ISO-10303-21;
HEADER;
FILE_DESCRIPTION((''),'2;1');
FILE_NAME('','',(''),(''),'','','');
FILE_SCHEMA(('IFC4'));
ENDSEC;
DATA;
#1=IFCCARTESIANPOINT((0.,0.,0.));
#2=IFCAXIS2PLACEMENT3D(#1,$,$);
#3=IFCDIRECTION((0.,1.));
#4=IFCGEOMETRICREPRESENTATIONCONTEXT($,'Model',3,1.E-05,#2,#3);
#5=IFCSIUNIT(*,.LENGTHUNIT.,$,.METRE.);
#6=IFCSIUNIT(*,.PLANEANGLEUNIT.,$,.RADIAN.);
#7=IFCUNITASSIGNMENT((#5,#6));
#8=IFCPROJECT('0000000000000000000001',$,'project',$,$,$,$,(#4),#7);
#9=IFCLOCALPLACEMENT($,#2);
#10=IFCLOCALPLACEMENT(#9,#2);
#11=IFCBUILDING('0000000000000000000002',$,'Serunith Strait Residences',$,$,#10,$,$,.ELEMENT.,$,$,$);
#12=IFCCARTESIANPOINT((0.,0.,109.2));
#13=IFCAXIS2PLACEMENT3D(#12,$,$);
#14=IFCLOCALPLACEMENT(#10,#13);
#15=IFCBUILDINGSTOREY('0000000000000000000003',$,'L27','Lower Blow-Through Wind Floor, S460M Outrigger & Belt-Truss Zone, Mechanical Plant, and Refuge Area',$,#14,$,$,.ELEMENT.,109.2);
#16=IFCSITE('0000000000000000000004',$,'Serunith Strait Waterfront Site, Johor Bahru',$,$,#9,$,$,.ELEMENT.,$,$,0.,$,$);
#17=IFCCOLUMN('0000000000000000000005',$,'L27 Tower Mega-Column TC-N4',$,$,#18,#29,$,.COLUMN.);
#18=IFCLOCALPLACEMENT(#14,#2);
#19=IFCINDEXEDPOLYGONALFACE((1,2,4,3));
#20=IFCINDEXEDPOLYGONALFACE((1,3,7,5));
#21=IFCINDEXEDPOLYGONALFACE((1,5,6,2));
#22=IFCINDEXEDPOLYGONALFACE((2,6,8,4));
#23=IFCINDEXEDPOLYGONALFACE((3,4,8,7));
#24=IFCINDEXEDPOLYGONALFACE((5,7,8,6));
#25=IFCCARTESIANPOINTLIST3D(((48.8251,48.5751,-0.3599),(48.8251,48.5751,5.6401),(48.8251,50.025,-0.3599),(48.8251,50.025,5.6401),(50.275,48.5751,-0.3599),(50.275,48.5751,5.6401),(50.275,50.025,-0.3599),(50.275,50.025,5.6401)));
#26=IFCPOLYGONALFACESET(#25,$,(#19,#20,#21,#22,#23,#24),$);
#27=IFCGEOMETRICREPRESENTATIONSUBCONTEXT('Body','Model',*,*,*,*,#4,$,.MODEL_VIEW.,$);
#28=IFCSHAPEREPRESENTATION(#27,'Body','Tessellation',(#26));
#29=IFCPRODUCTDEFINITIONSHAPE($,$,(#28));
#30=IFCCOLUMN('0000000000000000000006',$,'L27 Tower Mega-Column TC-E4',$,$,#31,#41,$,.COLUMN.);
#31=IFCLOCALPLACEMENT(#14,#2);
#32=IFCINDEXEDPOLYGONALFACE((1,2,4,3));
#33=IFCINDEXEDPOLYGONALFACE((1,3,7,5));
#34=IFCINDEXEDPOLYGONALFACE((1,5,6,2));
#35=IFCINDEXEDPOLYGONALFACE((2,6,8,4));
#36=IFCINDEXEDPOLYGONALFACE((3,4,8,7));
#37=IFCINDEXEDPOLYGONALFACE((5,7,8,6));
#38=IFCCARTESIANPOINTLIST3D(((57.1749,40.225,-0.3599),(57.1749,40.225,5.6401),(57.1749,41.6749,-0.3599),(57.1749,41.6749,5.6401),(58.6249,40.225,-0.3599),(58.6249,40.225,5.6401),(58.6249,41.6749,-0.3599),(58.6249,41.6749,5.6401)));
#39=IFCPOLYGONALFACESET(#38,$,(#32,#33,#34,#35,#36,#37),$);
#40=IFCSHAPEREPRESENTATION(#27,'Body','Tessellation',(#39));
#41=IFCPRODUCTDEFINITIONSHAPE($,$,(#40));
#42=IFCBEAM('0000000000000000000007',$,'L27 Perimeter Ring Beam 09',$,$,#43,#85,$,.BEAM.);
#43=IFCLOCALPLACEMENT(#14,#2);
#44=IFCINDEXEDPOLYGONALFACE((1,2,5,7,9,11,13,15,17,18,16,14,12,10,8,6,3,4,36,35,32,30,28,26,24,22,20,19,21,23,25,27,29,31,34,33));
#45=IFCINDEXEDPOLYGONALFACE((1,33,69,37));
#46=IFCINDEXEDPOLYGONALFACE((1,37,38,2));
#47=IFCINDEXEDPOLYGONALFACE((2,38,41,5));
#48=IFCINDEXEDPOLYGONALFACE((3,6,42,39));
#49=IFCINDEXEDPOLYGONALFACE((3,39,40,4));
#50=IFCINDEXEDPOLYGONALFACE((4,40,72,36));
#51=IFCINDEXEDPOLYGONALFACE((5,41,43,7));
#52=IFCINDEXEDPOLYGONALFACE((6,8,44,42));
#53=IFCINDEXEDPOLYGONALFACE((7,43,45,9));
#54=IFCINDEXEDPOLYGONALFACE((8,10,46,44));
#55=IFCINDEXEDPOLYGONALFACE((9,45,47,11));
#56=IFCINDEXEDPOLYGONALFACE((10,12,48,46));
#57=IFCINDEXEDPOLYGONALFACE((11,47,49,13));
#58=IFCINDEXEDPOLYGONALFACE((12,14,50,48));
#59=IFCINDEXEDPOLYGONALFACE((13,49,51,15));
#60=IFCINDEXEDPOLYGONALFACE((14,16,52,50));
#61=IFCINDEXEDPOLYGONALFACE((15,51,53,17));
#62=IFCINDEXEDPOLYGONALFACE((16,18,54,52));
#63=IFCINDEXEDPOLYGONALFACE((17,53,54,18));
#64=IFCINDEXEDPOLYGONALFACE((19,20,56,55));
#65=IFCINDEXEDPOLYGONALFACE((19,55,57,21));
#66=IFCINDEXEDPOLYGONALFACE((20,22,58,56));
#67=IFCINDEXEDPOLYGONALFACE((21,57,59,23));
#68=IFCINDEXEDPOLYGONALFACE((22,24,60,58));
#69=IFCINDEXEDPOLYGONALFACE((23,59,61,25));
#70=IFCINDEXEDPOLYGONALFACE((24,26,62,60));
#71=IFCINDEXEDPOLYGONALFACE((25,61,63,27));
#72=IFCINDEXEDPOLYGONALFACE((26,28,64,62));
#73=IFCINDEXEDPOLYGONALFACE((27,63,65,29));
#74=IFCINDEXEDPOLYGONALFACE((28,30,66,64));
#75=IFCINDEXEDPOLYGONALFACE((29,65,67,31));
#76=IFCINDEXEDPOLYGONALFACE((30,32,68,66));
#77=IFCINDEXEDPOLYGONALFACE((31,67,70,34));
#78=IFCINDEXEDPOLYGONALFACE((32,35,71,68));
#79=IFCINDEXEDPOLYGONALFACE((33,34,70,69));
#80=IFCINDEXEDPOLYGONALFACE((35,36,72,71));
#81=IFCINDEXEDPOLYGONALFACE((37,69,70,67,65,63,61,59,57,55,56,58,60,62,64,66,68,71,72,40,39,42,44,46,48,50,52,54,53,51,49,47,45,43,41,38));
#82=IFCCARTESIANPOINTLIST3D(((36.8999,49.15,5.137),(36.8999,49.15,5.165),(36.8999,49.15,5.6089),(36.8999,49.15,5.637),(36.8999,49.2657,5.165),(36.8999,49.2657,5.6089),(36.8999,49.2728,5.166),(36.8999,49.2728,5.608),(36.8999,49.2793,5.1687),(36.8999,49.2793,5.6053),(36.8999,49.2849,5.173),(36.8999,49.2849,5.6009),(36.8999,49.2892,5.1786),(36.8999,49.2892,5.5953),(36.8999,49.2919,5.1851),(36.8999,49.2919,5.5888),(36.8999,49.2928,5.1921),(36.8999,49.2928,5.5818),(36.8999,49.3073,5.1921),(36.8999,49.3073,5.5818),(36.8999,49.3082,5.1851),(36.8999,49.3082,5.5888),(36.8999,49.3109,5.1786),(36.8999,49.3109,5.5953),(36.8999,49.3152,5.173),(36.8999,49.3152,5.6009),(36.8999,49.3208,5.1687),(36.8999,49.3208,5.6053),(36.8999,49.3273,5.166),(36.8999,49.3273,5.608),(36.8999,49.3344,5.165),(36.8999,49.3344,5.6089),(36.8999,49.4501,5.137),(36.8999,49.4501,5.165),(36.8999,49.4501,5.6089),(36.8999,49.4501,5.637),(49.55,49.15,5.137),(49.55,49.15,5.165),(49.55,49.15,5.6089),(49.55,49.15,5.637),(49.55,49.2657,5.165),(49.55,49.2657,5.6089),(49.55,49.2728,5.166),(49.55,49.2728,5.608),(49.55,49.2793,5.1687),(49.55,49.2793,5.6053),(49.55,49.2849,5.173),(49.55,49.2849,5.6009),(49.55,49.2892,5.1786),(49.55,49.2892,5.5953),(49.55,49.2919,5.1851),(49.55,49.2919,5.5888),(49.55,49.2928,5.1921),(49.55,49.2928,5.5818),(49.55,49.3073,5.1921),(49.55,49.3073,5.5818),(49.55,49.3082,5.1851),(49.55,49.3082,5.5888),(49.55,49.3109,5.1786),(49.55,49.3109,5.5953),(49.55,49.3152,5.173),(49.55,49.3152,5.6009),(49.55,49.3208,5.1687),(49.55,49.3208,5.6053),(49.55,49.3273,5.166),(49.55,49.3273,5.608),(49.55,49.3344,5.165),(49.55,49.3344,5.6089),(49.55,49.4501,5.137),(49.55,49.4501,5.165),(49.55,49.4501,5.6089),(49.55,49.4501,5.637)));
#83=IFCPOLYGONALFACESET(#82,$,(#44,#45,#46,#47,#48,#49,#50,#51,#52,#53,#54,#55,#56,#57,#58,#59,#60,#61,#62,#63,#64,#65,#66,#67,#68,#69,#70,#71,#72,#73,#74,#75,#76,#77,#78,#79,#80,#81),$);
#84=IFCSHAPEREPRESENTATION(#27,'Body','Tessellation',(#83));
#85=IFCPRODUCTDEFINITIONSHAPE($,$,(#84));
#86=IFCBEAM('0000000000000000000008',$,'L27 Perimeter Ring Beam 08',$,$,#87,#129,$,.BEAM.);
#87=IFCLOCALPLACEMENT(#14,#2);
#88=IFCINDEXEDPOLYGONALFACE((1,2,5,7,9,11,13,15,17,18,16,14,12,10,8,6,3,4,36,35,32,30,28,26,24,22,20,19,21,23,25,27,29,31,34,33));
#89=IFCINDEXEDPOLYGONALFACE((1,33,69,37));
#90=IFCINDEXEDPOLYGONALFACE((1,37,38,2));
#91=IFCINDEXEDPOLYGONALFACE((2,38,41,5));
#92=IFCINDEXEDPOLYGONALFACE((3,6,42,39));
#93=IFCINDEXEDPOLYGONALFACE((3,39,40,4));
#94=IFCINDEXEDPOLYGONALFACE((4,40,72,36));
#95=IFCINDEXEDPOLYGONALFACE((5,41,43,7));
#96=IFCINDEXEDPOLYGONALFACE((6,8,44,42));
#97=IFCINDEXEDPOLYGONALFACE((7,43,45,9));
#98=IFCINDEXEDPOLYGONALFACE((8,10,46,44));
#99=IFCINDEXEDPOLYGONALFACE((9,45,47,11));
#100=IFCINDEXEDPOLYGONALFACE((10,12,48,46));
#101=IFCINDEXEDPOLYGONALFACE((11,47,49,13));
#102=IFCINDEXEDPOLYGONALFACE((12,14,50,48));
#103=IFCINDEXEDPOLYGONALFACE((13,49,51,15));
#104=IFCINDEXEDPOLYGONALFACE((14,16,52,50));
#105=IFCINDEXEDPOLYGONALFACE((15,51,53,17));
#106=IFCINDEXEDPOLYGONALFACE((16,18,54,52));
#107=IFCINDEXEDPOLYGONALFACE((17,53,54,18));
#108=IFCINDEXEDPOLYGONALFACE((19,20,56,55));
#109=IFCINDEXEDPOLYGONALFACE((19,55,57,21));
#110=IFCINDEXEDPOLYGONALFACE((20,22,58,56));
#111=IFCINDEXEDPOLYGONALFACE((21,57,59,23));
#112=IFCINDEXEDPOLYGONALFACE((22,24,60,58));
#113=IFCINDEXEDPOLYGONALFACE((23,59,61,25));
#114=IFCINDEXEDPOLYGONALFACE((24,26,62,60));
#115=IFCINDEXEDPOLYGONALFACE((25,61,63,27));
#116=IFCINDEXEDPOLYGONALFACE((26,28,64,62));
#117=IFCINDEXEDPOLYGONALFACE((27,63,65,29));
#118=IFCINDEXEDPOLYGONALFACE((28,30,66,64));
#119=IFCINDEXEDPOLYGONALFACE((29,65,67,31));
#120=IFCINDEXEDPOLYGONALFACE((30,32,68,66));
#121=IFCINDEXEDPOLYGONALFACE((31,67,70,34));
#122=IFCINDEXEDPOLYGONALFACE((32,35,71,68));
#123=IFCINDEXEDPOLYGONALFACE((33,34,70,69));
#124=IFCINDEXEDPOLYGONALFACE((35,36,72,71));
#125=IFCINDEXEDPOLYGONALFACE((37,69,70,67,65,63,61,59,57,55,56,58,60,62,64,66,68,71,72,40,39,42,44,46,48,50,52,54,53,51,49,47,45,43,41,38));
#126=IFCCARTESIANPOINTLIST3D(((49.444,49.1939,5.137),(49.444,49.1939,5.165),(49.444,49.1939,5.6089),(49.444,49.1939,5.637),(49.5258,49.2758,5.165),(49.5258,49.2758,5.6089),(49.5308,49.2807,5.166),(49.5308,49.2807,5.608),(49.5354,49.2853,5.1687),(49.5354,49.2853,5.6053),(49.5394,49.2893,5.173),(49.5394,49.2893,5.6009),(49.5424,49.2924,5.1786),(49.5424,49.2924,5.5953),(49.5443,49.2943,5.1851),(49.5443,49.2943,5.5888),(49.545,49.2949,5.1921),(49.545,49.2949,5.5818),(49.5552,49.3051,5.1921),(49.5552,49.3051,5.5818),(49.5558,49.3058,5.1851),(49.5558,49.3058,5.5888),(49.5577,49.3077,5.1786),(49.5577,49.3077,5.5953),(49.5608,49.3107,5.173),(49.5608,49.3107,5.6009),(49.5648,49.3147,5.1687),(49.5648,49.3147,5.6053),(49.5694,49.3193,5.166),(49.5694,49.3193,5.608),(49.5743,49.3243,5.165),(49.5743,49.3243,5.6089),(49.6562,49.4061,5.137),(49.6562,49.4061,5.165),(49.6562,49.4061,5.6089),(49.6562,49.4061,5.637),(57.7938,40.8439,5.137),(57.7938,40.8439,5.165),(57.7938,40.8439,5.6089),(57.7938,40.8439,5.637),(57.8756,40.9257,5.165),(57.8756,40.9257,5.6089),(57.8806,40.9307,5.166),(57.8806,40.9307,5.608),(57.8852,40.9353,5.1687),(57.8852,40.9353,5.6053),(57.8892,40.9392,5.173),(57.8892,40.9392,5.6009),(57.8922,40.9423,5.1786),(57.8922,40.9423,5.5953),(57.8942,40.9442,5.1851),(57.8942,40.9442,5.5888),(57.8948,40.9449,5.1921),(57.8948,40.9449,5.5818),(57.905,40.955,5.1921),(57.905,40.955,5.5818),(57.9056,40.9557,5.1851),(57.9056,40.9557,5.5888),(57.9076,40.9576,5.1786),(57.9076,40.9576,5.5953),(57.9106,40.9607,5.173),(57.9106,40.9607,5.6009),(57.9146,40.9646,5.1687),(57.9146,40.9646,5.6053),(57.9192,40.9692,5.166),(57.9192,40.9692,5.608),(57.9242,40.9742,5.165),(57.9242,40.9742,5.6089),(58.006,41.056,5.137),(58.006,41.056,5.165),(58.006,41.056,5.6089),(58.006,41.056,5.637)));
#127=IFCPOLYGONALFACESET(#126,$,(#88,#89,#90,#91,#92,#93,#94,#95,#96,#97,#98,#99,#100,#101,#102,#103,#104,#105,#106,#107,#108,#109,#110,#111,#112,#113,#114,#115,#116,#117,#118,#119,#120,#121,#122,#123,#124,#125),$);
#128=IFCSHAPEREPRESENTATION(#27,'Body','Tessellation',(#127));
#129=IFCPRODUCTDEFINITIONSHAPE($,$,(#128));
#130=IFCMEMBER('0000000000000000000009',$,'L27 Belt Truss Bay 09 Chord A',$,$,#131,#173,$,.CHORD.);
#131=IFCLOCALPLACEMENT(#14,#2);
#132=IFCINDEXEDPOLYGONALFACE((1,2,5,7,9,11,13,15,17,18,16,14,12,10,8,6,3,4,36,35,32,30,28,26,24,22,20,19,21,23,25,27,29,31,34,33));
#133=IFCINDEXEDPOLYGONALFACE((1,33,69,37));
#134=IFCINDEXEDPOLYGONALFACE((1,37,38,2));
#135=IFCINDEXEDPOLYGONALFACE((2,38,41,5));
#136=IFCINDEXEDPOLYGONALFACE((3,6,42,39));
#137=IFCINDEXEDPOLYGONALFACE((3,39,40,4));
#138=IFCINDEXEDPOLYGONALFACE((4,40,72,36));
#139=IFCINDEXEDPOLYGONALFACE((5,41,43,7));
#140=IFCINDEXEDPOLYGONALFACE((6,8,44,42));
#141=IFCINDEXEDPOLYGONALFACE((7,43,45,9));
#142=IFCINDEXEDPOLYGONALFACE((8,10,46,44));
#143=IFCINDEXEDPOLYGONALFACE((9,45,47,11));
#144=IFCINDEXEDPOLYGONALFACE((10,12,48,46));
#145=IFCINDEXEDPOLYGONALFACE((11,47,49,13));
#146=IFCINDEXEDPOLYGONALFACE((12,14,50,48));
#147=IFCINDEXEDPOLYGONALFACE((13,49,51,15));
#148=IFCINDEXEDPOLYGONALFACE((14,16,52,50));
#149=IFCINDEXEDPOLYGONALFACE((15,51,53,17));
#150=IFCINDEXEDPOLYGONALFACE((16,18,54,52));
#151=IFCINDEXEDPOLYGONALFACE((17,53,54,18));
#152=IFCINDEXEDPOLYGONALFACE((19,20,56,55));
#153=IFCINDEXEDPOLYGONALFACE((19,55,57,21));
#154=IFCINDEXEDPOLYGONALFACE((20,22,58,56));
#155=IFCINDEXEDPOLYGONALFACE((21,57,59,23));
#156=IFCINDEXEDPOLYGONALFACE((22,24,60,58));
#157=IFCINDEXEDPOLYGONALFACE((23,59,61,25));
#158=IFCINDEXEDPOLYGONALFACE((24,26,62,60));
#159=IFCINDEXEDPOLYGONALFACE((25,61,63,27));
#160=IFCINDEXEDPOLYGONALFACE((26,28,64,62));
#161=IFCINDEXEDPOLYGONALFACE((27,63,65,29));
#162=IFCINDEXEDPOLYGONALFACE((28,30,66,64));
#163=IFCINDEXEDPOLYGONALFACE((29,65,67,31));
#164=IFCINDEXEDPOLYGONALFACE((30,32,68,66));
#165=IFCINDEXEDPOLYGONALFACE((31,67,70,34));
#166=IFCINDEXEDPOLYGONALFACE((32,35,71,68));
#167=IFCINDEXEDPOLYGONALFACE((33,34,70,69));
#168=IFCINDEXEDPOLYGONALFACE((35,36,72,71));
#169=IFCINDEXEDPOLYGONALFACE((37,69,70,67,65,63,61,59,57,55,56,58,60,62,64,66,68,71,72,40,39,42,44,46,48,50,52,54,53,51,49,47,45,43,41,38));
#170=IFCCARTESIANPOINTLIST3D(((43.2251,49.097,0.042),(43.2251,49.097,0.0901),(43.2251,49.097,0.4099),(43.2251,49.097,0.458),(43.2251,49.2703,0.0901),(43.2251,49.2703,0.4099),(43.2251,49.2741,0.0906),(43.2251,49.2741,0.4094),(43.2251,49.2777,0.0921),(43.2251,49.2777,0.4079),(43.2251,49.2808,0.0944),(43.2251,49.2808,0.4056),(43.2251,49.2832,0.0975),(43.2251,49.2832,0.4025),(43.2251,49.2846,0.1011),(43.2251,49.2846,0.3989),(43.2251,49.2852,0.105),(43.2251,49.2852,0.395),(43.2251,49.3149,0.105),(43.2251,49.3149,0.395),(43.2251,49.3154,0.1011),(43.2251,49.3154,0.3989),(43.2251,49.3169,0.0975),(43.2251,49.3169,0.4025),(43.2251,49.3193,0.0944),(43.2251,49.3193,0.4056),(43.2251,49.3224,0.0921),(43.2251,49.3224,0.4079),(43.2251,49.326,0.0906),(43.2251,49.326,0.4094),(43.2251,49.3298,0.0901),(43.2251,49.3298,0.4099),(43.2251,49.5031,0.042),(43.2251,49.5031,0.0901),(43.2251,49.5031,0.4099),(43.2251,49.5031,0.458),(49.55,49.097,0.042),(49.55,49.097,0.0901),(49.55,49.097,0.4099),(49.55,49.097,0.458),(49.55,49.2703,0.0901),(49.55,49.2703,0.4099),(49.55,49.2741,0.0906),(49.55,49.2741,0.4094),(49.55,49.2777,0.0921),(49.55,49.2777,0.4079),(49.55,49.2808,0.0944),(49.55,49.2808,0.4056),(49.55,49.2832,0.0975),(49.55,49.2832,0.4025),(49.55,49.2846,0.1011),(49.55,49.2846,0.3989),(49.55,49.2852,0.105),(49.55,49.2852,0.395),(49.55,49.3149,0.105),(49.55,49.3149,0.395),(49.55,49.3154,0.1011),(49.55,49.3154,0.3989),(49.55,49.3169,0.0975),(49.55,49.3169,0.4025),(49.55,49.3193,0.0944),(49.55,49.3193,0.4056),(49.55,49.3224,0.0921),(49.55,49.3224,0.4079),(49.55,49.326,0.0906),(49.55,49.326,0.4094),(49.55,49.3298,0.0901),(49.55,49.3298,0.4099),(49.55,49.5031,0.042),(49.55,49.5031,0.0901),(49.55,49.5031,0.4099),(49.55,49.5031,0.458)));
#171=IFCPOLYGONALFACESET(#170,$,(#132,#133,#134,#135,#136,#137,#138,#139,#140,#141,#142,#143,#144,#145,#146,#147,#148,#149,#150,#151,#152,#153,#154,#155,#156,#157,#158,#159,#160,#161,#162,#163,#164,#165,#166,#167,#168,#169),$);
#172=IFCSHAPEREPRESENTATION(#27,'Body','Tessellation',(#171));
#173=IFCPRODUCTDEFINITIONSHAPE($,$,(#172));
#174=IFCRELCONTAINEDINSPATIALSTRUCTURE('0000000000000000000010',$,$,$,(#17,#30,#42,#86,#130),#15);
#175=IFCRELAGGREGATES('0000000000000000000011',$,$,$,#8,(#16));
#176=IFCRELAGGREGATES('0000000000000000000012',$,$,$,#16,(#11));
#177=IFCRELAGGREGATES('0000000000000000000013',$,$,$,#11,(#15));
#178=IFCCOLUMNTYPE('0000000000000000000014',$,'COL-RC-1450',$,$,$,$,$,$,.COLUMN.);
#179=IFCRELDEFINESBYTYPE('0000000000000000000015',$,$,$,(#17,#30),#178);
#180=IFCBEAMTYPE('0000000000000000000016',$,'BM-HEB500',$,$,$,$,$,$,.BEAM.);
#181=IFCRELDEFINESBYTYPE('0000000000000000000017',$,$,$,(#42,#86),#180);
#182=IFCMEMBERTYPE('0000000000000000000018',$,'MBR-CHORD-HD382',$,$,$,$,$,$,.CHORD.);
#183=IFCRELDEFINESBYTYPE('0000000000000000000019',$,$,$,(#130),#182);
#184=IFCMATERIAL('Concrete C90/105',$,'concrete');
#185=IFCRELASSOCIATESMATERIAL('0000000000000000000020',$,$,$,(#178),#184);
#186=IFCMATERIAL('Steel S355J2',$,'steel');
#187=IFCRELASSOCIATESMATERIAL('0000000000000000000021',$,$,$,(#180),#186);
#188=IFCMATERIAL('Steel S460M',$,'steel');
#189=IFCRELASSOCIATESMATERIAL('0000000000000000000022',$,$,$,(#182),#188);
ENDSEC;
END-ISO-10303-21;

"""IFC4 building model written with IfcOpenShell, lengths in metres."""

from ifc_helpers import new_model, si_unit, direction, frame, origin, origin_2d, place, context, subcontext, project, spatial, rectangle, i_section, extrude, source, transform, mapped, material, material_profile, profile_set, type_object, element, save


model = new_model("IFC4")

# Units and contexts
model_context = context("Model", 3, precision=1e-05, world=origin(), true_north=direction((0.0, 1.0)))
body_context = subcontext(model_context, "Body", "Model", "MODEL_VIEW")
ifc_project = project(units=[si_unit("LENGTHUNIT", "METRE"), si_unit("PLANEANGLEUNIT", "RADIAN")], contexts=[model_context])

# Site, building, storey
site_placement = place(None, origin())
site = spatial("IfcSite", under=ifc_project, at=site_placement, Name="Serunith Strait Waterfront Site, Johor Bahru", CompositionType="ELEMENT", RefElevation=0.0)
building_placement = place(site_placement, origin())
building = spatial("IfcBuilding", under=site, at=building_placement, Name="Serunith Strait Residences", CompositionType="ELEMENT")
storey_placement = place(building_placement, frame((0.0, 0.0, 109.2)))
storey = spatial("IfcBuildingStorey", under=building, at=storey_placement, Name="L27", Description="Lower Blow-Through Wind Floor, S460M Outrigger & Belt-Truss Zone, Mechanical Plant, and Refuge Area", CompositionType="ELEMENT", Elevation=109.2)

# Columns
ifc_material_1 = material(Name="Concrete C90/105", Category="concrete")
ifc_material_profile_1 = material_profile(ifc_material_1, rectangle(XDim=1.45, YDim=1.45, at=origin_2d()), Name="RC 1450x1450")
ifc_profile_set_1 = profile_set([ifc_material_profile_1], Name="Concrete C90/105")
column_type = type_object("IfcColumnType", Name="COL-RC-1450", PredefinedType="COLUMN", material=ifc_profile_set_1)
shared_shape_1 = source(origin(), body_context, "Body", "SweptSolid", [
    extrude(rectangle(XDim=1.45, YDim=1.45, at=origin_2d()), origin(), (0.0, 0.0, 1.0), 6.0),
])
for number, where, z_axis, x_axis, name in (
    (1, (49.55, 49.3, -0.3599), (0.0, 0.0, 1.0), (1.0, 0.0, 0.0), "L27 Tower Mega-Column TC-N4"),
    (2, (57.8999, 40.95, -0.3599), (0.0, 0.0, 1.0), (1.0, 0.0, 0.0), "L27 Tower Mega-Column TC-E4"),
):
    element("IfcColumn", number, at=place(storey_placement, frame(where, z_axis=z_axis, x_axis=x_axis)), inside=storey, type_object=column_type, Name=name, PredefinedType="COLUMN", context=body_context, shape_type="MappedRepresentation", body=[
        mapped(shared_shape_1, transform((0.0, 0.0, 0.0), scale=1.0)),
    ])

# Beams
ifc_material_2 = material(Name="Steel S355J2", Category="steel")
ifc_material_profile_2 = material_profile(ifc_material_2, i_section(OverallWidth=0.3, OverallDepth=0.5, WebThickness=0.0144, FlangeThickness=0.0281, FilletRadius=0.0271, at=origin_2d()), Name="HEB 500")
ifc_profile_set_2 = profile_set([ifc_material_profile_2], Name="Steel S355J2")
beam_type = type_object("IfcBeamType", Name="BM-HEB500", PredefinedType="BEAM", material=ifc_profile_set_2)
shared_shape_2 = source(origin(), body_context, "Body", "SweptSolid", [
    extrude(i_section(OverallWidth=0.3, OverallDepth=0.5, WebThickness=0.0144, FlangeThickness=0.0281, FilletRadius=0.0271, at=origin_2d()), origin(), (0.0, 0.0, 1.0), 12.6501),
])
beam_1_placement = place(storey_placement, frame((49.55, 49.3, 5.387), z_axis=(-1.0, 0.0, 0.0), x_axis=(0.0, -1.0, 0.0)))
element("IfcBeam", 3, at=beam_1_placement, inside=storey, type_object=beam_type, Name="L27 Perimeter Ring Beam 09", PredefinedType="BEAM", context=body_context, shape_type="MappedRepresentation", body=[
    mapped(shared_shape_2, transform((0.0, 0.0, 0.0), scale=1.0)),
])
shared_shape_3 = source(origin(), body_context, "Body", "SweptSolid", [
    extrude(i_section(OverallWidth=0.3, OverallDepth=0.5, WebThickness=0.0144, FlangeThickness=0.0281, FilletRadius=0.0271, at=origin_2d()), origin(), (0.0, 0.0, 1.0), 11.8086),
])
beam_2_placement = place(storey_placement, frame((57.8999, 40.95, 5.387), z_axis=(-0.707096, 0.707117, 0.0), x_axis=(-0.707117, -0.707096, 0.0)))
element("IfcBeam", 4, at=beam_2_placement, inside=storey, type_object=beam_type, Name="L27 Perimeter Ring Beam 08", PredefinedType="BEAM", context=body_context, shape_type="MappedRepresentation", body=[
    mapped(shared_shape_3, transform((0.0, 0.0, 0.0), scale=1.0)),
])

# Member
ifc_material_3 = material(Name="Steel S460M", Category="steel")
ifc_material_profile_3 = material_profile(ifc_material_3, i_section(OverallWidth=0.406, OverallDepth=0.416, WebThickness=0.0298, FlangeThickness=0.0481, FilletRadius=0.0149, at=origin_2d()), Name="HD 400x382")
ifc_profile_set_3 = profile_set([ifc_material_profile_3], Name="Steel S460M")
member_type_1 = type_object("IfcMemberType", Name="MBR-CHORD-HD382", PredefinedType="CHORD", material=ifc_profile_set_3)
shared_shape_4 = source(origin(), body_context, "Body", "SweptSolid", [
    extrude(i_section(OverallWidth=0.406, OverallDepth=0.416, WebThickness=0.0298, FlangeThickness=0.0481, FilletRadius=0.0149, at=origin_2d()), origin(), (0.0, 0.0, 1.0), 6.325),
])
member_1_placement = place(storey_placement, frame((49.55, 49.3, 0.25), z_axis=(-1.0, 0.0, 0.0), x_axis=(0.0, -1.0, 0.0)))
element("IfcMember", 5, at=member_1_placement, inside=storey, type_object=member_type_1, Name="L27 Belt Truss Bay 09 Chord A", PredefinedType="CHORD", context=body_context, shape_type="MappedRepresentation", body=[
    mapped(shared_shape_4, transform((0.0, 0.0, 0.0), scale=1.0)),
])

save(model, "model.ifc")
